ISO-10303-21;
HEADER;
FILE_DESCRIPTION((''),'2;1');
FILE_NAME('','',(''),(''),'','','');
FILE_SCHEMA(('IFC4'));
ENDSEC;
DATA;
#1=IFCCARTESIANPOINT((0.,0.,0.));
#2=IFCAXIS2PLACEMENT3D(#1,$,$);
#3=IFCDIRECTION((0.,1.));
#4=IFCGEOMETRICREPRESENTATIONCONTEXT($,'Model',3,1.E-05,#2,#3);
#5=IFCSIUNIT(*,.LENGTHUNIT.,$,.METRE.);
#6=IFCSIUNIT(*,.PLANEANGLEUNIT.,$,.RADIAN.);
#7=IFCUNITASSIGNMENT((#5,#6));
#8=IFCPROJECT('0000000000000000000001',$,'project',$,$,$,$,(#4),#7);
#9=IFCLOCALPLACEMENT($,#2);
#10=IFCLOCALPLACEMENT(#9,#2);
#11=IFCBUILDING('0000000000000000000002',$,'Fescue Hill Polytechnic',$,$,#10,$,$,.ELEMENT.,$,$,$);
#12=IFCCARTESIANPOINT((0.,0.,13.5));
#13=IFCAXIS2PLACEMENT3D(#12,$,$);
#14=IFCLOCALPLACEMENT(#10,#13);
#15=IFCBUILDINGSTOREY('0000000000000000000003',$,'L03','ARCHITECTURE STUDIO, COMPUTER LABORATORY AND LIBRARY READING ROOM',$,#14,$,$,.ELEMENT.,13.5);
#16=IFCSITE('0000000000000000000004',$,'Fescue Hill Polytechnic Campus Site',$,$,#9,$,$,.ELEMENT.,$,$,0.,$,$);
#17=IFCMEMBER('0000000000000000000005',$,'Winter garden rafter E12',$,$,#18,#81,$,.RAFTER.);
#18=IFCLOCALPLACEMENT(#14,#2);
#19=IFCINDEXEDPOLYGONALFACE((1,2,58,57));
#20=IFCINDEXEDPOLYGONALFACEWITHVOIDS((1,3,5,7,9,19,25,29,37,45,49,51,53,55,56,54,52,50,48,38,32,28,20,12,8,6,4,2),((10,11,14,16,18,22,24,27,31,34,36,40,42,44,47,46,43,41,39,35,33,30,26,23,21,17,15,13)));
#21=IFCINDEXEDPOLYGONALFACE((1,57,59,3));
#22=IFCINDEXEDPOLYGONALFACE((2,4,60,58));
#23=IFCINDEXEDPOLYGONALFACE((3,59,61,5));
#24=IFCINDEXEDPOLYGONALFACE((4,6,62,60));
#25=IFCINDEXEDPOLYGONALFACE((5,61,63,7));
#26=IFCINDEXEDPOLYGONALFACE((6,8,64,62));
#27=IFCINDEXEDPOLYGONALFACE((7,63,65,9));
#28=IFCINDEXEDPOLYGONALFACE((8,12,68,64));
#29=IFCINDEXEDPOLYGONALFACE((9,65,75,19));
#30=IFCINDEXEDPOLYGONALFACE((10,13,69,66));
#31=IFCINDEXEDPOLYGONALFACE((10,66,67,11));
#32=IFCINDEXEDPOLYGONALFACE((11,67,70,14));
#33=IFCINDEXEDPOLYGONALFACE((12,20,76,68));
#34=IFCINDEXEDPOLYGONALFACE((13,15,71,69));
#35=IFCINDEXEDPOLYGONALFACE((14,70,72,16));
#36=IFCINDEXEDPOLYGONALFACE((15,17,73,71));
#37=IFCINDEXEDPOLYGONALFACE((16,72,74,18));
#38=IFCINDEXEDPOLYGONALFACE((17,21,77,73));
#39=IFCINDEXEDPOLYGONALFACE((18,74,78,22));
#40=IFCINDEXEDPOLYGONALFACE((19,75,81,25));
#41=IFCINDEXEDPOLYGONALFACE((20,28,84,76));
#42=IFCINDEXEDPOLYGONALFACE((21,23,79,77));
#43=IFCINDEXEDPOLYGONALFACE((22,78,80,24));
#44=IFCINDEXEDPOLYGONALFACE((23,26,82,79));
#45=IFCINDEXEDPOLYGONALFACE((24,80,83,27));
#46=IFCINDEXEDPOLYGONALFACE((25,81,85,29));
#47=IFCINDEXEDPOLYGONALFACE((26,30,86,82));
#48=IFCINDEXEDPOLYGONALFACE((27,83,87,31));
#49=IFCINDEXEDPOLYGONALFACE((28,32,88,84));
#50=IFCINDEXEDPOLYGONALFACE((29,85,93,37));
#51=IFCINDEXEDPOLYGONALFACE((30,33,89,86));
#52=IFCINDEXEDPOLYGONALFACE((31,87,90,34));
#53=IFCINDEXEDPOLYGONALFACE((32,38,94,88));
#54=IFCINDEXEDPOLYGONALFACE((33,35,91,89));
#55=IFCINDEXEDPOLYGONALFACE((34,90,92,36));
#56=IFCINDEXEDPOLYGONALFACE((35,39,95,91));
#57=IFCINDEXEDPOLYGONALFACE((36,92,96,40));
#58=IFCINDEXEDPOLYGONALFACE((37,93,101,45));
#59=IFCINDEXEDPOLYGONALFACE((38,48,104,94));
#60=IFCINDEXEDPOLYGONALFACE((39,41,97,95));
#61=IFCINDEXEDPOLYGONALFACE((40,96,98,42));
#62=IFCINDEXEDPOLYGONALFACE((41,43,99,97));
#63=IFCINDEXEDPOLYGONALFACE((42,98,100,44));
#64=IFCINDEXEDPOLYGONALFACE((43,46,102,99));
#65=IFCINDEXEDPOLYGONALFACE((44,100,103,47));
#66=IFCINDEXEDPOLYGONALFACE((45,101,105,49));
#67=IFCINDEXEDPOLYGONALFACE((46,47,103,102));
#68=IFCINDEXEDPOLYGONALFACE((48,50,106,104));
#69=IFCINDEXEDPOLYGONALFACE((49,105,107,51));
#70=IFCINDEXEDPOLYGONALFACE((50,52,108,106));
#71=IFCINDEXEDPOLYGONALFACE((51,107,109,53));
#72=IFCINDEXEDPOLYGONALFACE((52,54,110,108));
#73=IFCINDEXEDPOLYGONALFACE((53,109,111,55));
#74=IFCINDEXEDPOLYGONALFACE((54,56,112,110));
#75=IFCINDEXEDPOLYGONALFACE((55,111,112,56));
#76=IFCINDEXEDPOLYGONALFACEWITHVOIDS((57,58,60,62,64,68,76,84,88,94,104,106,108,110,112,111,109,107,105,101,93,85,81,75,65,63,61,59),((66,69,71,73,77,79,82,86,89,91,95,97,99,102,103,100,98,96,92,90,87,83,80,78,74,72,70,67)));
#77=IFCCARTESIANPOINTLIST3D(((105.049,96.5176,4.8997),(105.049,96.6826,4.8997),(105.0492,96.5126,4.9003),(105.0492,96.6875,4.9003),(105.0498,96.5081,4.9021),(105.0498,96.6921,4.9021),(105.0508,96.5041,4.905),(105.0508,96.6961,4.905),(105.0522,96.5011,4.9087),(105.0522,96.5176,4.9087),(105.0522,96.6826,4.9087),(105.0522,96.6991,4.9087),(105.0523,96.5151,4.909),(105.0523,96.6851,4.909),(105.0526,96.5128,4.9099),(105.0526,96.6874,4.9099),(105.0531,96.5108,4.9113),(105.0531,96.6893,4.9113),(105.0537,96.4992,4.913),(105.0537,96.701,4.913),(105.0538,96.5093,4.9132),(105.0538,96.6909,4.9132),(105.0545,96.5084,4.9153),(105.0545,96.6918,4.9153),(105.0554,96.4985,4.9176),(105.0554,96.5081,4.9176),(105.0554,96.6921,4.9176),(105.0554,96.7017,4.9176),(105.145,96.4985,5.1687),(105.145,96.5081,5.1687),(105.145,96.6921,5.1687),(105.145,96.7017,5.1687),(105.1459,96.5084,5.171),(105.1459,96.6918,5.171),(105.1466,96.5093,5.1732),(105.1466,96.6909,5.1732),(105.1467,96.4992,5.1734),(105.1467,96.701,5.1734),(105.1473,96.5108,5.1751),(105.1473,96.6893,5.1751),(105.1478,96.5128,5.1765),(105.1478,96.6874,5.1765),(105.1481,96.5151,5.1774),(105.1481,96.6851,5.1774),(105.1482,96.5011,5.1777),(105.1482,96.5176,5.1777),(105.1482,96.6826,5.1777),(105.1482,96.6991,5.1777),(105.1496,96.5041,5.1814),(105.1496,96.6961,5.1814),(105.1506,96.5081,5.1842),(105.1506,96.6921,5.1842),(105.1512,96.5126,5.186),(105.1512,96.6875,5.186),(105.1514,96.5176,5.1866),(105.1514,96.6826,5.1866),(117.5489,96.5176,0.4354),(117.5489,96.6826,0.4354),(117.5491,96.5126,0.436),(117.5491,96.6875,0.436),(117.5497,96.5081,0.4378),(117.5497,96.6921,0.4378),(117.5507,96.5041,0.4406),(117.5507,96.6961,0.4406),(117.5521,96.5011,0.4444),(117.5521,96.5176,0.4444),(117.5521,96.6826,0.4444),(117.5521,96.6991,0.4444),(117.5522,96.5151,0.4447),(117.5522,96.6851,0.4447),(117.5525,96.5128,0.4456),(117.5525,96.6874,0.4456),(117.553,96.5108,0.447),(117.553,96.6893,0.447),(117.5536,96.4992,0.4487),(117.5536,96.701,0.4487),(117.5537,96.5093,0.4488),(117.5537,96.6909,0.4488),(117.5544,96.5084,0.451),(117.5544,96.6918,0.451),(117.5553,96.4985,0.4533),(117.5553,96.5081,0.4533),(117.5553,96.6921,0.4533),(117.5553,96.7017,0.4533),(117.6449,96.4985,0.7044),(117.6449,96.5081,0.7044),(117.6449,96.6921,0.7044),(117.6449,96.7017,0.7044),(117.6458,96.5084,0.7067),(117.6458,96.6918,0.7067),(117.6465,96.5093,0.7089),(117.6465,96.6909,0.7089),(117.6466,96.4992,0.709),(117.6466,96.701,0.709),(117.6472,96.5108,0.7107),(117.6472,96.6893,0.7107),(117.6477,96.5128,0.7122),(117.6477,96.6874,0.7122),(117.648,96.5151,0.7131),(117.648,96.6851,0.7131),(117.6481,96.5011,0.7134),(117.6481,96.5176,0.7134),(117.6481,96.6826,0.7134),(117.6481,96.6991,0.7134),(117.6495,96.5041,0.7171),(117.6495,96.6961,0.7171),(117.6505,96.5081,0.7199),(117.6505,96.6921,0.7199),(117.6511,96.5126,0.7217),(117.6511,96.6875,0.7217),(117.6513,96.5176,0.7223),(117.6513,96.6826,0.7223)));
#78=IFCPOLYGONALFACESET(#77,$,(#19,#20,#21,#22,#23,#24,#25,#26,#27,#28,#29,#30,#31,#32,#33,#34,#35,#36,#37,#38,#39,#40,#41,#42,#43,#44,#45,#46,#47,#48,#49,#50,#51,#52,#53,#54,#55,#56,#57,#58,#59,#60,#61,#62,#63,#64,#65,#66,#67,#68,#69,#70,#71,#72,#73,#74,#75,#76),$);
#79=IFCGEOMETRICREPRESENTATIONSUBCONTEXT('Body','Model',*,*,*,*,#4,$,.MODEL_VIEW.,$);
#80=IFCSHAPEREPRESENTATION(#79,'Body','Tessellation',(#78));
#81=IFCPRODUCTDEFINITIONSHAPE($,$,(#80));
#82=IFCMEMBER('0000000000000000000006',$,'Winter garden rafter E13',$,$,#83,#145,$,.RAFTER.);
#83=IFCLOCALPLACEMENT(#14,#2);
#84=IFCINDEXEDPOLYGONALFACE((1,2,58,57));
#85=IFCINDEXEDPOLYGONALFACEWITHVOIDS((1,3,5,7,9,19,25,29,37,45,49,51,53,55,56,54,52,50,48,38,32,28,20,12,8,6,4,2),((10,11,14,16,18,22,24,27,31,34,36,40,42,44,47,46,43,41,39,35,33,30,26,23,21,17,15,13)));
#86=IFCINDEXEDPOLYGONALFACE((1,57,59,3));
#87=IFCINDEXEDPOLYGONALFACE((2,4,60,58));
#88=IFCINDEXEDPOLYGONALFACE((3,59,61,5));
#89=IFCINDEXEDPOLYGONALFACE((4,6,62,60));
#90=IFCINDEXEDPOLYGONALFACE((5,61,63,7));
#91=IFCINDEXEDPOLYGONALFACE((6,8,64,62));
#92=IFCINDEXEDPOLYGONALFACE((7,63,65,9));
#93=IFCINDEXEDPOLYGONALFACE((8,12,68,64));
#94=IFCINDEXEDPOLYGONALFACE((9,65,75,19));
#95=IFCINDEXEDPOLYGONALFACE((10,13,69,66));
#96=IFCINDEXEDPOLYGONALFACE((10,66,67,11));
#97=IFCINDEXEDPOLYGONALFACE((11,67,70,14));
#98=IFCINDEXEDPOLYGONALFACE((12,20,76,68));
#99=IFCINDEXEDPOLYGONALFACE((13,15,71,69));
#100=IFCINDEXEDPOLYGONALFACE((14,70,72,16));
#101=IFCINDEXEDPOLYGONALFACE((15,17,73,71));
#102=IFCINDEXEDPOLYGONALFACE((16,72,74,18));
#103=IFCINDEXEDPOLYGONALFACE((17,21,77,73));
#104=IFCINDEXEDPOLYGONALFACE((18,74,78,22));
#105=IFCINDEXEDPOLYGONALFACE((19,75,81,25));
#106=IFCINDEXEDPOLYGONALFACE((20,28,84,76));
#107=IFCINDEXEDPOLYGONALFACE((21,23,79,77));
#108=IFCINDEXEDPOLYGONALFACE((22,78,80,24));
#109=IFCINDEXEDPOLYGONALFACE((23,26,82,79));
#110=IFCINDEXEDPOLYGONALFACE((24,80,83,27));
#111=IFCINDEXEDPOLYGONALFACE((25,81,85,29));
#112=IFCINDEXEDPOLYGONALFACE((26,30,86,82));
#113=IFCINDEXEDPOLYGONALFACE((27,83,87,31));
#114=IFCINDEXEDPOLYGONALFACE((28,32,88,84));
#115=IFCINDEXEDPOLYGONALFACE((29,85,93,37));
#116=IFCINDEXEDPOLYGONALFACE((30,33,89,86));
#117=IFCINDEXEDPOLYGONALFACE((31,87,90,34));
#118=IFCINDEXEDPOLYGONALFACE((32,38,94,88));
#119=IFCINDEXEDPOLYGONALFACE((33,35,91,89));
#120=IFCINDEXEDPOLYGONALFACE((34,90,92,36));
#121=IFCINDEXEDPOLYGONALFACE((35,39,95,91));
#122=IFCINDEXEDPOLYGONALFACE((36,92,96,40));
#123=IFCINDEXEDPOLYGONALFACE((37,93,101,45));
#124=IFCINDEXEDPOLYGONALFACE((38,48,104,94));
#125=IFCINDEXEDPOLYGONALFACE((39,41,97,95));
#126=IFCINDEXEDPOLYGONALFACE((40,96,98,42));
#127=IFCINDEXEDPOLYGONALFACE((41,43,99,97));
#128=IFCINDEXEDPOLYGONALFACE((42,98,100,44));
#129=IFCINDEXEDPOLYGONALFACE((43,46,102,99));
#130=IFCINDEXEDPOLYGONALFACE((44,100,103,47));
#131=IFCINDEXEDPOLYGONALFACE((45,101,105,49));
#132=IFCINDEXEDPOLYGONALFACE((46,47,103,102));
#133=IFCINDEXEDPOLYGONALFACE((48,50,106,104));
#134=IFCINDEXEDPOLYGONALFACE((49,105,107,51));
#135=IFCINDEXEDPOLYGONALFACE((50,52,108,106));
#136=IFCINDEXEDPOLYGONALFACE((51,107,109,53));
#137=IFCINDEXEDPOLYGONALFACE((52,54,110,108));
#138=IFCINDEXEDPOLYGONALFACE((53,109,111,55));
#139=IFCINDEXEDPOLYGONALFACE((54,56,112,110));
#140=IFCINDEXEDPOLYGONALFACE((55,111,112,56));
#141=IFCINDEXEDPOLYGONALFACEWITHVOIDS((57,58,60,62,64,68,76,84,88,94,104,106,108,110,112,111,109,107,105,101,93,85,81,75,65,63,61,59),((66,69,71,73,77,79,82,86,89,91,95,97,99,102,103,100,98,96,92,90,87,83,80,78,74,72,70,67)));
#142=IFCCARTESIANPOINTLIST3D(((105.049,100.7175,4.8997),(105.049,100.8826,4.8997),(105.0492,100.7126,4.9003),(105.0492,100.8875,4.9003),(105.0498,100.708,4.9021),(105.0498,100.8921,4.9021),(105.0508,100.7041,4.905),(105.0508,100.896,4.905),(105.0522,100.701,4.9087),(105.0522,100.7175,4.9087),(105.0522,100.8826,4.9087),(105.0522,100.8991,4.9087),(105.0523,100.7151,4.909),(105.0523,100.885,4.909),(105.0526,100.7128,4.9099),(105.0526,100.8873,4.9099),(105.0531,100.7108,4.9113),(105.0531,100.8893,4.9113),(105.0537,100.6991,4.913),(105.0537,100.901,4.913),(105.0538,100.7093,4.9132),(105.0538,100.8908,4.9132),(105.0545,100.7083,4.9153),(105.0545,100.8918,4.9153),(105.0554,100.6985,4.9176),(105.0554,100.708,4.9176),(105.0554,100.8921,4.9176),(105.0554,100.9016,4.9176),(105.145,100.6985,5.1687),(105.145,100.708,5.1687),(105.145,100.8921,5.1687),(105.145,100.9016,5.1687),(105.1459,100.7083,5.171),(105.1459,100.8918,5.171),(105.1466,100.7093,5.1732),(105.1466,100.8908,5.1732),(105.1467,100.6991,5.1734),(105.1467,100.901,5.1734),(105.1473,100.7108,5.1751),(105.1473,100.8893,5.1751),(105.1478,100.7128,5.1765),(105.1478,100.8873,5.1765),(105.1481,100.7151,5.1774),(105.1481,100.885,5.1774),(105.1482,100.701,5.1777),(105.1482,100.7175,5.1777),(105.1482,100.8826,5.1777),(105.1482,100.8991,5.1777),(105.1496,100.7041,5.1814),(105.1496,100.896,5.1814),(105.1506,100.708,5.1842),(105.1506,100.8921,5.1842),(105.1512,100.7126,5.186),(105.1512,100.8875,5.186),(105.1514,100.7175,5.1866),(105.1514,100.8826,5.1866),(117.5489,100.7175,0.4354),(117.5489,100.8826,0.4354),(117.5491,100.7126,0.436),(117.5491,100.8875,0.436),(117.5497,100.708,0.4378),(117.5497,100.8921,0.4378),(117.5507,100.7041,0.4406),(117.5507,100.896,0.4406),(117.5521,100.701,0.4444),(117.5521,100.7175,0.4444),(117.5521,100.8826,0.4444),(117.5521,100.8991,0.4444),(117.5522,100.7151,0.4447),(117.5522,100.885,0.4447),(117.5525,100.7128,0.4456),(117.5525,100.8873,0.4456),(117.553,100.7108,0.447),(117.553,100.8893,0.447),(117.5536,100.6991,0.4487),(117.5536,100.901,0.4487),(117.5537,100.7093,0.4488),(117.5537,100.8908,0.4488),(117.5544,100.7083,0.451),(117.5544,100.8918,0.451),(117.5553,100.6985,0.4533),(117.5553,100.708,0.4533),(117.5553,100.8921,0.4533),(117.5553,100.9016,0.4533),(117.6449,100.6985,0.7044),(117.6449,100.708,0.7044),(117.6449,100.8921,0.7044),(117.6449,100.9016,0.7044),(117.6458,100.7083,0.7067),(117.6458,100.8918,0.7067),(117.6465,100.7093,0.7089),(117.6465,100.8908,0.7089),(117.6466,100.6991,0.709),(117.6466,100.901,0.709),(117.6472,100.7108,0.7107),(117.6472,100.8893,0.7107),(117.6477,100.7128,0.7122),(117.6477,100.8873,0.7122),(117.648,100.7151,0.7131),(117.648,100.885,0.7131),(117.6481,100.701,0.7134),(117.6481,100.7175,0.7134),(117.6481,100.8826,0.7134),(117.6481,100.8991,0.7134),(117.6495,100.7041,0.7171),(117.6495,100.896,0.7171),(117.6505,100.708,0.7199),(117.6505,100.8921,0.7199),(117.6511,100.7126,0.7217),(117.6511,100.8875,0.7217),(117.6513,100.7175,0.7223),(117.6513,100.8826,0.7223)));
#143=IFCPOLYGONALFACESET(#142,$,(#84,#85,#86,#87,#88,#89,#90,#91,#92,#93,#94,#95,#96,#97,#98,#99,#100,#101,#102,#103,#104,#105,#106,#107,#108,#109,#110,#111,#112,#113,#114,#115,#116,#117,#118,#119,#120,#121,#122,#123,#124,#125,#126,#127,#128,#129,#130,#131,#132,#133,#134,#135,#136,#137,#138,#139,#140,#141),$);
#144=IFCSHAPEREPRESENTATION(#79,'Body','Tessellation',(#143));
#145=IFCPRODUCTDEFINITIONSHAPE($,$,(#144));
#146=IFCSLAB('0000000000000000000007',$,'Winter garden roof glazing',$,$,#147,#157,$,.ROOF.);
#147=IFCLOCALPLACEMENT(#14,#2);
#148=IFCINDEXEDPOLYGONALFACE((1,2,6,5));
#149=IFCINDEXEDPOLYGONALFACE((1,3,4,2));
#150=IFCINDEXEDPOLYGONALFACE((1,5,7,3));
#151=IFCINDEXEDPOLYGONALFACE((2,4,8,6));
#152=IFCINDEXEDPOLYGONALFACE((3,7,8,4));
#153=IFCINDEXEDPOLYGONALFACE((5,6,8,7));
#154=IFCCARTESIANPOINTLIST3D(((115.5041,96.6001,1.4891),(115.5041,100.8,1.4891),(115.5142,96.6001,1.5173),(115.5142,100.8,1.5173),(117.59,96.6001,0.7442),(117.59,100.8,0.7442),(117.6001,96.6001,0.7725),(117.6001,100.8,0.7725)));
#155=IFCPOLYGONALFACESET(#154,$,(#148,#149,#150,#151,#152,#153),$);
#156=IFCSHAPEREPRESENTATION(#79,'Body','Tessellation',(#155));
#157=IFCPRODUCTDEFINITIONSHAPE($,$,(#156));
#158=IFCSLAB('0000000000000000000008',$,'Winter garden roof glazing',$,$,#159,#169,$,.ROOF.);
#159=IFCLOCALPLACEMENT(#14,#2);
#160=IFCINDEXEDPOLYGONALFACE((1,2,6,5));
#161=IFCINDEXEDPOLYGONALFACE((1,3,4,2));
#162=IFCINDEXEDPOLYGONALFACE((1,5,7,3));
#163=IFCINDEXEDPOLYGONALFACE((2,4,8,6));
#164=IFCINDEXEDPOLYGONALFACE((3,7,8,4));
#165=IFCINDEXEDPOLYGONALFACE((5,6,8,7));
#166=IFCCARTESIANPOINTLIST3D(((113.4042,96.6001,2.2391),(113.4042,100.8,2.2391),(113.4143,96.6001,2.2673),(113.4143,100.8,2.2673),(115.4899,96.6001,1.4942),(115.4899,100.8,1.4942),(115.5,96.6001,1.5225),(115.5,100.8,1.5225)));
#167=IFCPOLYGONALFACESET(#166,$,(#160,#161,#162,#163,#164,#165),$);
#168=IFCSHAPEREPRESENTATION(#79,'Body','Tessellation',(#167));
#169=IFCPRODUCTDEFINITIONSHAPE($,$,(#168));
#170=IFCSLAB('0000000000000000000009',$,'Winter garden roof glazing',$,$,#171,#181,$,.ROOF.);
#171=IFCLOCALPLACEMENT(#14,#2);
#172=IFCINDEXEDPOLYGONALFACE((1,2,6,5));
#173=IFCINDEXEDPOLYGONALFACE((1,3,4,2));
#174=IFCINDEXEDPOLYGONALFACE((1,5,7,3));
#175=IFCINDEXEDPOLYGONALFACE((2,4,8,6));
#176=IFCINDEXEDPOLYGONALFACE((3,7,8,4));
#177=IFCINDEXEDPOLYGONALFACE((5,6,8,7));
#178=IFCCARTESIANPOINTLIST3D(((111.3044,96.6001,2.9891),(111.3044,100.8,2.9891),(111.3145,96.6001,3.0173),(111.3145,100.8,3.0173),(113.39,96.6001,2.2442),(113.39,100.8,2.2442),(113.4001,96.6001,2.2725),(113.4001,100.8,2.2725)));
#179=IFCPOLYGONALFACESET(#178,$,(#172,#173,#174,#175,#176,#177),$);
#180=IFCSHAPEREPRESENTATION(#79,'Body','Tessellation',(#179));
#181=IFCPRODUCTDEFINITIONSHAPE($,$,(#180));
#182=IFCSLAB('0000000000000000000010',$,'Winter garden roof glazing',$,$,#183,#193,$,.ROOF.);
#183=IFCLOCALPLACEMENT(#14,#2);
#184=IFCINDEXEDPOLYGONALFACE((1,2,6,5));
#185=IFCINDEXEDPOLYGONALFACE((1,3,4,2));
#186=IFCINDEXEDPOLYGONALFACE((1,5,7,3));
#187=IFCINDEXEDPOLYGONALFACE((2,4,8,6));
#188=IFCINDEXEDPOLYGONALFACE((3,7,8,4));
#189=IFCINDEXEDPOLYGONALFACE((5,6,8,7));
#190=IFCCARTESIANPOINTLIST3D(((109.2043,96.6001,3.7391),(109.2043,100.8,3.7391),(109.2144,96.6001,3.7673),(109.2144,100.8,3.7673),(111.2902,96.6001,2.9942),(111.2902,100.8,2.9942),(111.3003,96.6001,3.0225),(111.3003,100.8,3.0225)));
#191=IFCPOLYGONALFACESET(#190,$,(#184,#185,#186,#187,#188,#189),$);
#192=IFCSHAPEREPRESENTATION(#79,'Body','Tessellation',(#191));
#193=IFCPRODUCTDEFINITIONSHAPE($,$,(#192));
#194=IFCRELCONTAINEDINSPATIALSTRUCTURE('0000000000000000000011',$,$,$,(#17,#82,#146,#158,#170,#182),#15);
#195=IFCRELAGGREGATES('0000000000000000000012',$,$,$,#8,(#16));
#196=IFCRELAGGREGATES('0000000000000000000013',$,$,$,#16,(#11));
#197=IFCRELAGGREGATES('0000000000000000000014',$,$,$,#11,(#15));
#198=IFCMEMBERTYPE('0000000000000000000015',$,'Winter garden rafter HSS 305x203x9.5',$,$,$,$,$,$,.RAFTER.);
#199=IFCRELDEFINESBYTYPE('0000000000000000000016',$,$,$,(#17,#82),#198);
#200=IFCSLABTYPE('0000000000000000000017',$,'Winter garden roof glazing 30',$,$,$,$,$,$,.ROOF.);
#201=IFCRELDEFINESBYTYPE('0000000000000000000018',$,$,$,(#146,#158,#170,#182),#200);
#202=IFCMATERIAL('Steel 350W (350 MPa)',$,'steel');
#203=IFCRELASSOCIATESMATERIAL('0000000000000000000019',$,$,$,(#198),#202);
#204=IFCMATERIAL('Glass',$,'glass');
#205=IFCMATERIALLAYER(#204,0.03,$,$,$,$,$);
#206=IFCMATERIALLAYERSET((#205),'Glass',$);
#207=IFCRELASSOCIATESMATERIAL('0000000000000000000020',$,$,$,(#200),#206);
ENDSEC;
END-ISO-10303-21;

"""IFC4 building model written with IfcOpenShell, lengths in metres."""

from ifc_helpers import new_model, si_unit, direction, frame, origin, origin_2d, place, context, subcontext, project, spatial, polyline, hollow_rectangle, outline, extrude, material, layer, layer_set, material_profile, profile_set, type_object, element, save


model = new_model("IFC4")

# Units and contexts
model_context = context("Model", 3, precision=1e-05, world=origin(), true_north=direction((0.0, 1.0)))
body_context = subcontext(model_context, "Body", "Model", "MODEL_VIEW")
ifc_project = project(units=[si_unit("LENGTHUNIT", "METRE"), si_unit("PLANEANGLEUNIT", "RADIAN")], contexts=[model_context])

# Site, building, storey
site_placement = place(None, origin())
site = spatial("IfcSite", under=ifc_project, at=site_placement, Name="Fescue Hill Polytechnic Campus Site", CompositionType="ELEMENT", RefElevation=0.0)
building_placement = place(site_placement, origin())
building = spatial("IfcBuilding", under=site, at=building_placement, Name="Fescue Hill Polytechnic", CompositionType="ELEMENT")
storey_placement = place(building_placement, frame((0.0, 0.0, 13.5)))
storey = spatial("IfcBuildingStorey", under=building, at=storey_placement, Name="L03", Description="ARCHITECTURE STUDIO, COMPUTER LABORATORY AND LIBRARY READING ROOM", CompositionType="ELEMENT", Elevation=13.5)

# Members
ifc_material_1 = material(Name="Steel 350W (350 MPa)", Category="steel")
ifc_material_profile_1 = material_profile(ifc_material_1, hollow_rectangle(XDim=0.2031, YDim=0.3047, WallThickness=0.0095, InnerFilletRadius=0.0095, OuterFilletRadius=0.019, at=origin_2d()), Name="Winter garden rafter HSS 305x203x9.5")
ifc_profile_set_1 = profile_set([ifc_material_profile_1], Name="Steel 350W (350 MPa)")
member_type_1 = type_object("IfcMemberType", Name="Winter garden rafter HSS 305x203x9.5", PredefinedType="RAFTER", material=ifc_profile_set_1)
for number, where, z_axis, x_axis, name in (
    (1, (117.6001, 96.6001, 0.5789), (-0.94174, 0.0, 0.336341), (0.0, -1.0, 0.0), "Winter garden rafter E12"),
    (2, (117.6001, 100.8, 0.5789), (-0.94174, 0.0, 0.336341), (0.0, -1.0, 0.0), "Winter garden rafter E13"),
):
    element("IfcMember", number, at=place(storey_placement, frame(where, z_axis=z_axis, x_axis=x_axis)), inside=storey, type_object=member_type_1, Name=name, PredefinedType="RAFTER", context=body_context, shape_type="SweptSolid", body=[
        extrude(hollow_rectangle(XDim=0.2031, YDim=0.3047, WallThickness=0.0095, InnerFilletRadius=0.0095, OuterFilletRadius=0.019, at=origin_2d()), origin(), (0.0, 0.0, 1.0), 13.2732),
    ])

# Slabs
ifc_material_2 = material(Name="Glass", Category="glass")
ifc_layer_1 = layer(ifc_material_2, 0.03)
ifc_layer_set_1 = layer_set([ifc_layer_1], Name="Glass")
slab_type = type_object("IfcSlabType", Name="Winter garden roof glazing 30", PredefinedType="ROOF", material=ifc_layer_set_1)
slab_1_placement = place(storey_placement, frame((117.6001, 96.6001, 0.7725), z_axis=(0.336295, 0.0, 0.941757), x_axis=(0.0, 1.0, 0.0)))
element("IfcSlab", 3, at=slab_1_placement, inside=storey, type_object=slab_type, Name="Winter garden roof glazing", PredefinedType="ROOF", context=body_context, shape_type="SweptSolid", body=[
    extrude(outline(polyline([(0.0, 0.0), (4.2, 0.0), (4.2, 2.2149), (0.0, 2.2149), (0.0, 0.0)])), origin(), (0.0, 0.0, -1.0), 0.03),
])
for number, where, z_axis, x_axis, name in (
    (4, (115.5, 96.6001, 1.5225), (0.336329, 0.0, 0.941744), (0.0, 1.0, 0.0), "Winter garden roof glazing"),
    (5, (113.4001, 96.6001, 2.2725), (0.336329, 0.0, 0.941744), (0.0, 1.0, 0.0), "Winter garden roof glazing"),
):
    element("IfcSlab", number, at=place(storey_placement, frame(where, z_axis=z_axis, x_axis=x_axis)), inside=storey, type_object=slab_type, Name=name, PredefinedType="ROOF", context=body_context, shape_type="SweptSolid", body=[
        extrude(outline(polyline([(0.0, 0.0), (4.2, 0.0), (4.2, 2.2147), (0.0, 2.2147), (0.0, 0.0)])), origin(), (0.0, 0.0, -1.0), 0.03),
    ])
slab_2_placement = place(storey_placement, frame((111.3003, 96.6001, 3.0225), z_axis=(0.336295, 0.0, 0.941757), x_axis=(0.0, 1.0, 0.0)))
element("IfcSlab", 6, at=slab_2_placement, inside=storey, type_object=slab_type, Name="Winter garden roof glazing", PredefinedType="ROOF", context=body_context, shape_type="SweptSolid", body=[
    extrude(outline(polyline([(0.0, 0.0), (4.2, 0.0), (4.2, 2.2149), (0.0, 2.2149), (0.0, 0.0)])), origin(), (0.0, 0.0, -1.0), 0.03),
])

save(model, "model.ifc")
